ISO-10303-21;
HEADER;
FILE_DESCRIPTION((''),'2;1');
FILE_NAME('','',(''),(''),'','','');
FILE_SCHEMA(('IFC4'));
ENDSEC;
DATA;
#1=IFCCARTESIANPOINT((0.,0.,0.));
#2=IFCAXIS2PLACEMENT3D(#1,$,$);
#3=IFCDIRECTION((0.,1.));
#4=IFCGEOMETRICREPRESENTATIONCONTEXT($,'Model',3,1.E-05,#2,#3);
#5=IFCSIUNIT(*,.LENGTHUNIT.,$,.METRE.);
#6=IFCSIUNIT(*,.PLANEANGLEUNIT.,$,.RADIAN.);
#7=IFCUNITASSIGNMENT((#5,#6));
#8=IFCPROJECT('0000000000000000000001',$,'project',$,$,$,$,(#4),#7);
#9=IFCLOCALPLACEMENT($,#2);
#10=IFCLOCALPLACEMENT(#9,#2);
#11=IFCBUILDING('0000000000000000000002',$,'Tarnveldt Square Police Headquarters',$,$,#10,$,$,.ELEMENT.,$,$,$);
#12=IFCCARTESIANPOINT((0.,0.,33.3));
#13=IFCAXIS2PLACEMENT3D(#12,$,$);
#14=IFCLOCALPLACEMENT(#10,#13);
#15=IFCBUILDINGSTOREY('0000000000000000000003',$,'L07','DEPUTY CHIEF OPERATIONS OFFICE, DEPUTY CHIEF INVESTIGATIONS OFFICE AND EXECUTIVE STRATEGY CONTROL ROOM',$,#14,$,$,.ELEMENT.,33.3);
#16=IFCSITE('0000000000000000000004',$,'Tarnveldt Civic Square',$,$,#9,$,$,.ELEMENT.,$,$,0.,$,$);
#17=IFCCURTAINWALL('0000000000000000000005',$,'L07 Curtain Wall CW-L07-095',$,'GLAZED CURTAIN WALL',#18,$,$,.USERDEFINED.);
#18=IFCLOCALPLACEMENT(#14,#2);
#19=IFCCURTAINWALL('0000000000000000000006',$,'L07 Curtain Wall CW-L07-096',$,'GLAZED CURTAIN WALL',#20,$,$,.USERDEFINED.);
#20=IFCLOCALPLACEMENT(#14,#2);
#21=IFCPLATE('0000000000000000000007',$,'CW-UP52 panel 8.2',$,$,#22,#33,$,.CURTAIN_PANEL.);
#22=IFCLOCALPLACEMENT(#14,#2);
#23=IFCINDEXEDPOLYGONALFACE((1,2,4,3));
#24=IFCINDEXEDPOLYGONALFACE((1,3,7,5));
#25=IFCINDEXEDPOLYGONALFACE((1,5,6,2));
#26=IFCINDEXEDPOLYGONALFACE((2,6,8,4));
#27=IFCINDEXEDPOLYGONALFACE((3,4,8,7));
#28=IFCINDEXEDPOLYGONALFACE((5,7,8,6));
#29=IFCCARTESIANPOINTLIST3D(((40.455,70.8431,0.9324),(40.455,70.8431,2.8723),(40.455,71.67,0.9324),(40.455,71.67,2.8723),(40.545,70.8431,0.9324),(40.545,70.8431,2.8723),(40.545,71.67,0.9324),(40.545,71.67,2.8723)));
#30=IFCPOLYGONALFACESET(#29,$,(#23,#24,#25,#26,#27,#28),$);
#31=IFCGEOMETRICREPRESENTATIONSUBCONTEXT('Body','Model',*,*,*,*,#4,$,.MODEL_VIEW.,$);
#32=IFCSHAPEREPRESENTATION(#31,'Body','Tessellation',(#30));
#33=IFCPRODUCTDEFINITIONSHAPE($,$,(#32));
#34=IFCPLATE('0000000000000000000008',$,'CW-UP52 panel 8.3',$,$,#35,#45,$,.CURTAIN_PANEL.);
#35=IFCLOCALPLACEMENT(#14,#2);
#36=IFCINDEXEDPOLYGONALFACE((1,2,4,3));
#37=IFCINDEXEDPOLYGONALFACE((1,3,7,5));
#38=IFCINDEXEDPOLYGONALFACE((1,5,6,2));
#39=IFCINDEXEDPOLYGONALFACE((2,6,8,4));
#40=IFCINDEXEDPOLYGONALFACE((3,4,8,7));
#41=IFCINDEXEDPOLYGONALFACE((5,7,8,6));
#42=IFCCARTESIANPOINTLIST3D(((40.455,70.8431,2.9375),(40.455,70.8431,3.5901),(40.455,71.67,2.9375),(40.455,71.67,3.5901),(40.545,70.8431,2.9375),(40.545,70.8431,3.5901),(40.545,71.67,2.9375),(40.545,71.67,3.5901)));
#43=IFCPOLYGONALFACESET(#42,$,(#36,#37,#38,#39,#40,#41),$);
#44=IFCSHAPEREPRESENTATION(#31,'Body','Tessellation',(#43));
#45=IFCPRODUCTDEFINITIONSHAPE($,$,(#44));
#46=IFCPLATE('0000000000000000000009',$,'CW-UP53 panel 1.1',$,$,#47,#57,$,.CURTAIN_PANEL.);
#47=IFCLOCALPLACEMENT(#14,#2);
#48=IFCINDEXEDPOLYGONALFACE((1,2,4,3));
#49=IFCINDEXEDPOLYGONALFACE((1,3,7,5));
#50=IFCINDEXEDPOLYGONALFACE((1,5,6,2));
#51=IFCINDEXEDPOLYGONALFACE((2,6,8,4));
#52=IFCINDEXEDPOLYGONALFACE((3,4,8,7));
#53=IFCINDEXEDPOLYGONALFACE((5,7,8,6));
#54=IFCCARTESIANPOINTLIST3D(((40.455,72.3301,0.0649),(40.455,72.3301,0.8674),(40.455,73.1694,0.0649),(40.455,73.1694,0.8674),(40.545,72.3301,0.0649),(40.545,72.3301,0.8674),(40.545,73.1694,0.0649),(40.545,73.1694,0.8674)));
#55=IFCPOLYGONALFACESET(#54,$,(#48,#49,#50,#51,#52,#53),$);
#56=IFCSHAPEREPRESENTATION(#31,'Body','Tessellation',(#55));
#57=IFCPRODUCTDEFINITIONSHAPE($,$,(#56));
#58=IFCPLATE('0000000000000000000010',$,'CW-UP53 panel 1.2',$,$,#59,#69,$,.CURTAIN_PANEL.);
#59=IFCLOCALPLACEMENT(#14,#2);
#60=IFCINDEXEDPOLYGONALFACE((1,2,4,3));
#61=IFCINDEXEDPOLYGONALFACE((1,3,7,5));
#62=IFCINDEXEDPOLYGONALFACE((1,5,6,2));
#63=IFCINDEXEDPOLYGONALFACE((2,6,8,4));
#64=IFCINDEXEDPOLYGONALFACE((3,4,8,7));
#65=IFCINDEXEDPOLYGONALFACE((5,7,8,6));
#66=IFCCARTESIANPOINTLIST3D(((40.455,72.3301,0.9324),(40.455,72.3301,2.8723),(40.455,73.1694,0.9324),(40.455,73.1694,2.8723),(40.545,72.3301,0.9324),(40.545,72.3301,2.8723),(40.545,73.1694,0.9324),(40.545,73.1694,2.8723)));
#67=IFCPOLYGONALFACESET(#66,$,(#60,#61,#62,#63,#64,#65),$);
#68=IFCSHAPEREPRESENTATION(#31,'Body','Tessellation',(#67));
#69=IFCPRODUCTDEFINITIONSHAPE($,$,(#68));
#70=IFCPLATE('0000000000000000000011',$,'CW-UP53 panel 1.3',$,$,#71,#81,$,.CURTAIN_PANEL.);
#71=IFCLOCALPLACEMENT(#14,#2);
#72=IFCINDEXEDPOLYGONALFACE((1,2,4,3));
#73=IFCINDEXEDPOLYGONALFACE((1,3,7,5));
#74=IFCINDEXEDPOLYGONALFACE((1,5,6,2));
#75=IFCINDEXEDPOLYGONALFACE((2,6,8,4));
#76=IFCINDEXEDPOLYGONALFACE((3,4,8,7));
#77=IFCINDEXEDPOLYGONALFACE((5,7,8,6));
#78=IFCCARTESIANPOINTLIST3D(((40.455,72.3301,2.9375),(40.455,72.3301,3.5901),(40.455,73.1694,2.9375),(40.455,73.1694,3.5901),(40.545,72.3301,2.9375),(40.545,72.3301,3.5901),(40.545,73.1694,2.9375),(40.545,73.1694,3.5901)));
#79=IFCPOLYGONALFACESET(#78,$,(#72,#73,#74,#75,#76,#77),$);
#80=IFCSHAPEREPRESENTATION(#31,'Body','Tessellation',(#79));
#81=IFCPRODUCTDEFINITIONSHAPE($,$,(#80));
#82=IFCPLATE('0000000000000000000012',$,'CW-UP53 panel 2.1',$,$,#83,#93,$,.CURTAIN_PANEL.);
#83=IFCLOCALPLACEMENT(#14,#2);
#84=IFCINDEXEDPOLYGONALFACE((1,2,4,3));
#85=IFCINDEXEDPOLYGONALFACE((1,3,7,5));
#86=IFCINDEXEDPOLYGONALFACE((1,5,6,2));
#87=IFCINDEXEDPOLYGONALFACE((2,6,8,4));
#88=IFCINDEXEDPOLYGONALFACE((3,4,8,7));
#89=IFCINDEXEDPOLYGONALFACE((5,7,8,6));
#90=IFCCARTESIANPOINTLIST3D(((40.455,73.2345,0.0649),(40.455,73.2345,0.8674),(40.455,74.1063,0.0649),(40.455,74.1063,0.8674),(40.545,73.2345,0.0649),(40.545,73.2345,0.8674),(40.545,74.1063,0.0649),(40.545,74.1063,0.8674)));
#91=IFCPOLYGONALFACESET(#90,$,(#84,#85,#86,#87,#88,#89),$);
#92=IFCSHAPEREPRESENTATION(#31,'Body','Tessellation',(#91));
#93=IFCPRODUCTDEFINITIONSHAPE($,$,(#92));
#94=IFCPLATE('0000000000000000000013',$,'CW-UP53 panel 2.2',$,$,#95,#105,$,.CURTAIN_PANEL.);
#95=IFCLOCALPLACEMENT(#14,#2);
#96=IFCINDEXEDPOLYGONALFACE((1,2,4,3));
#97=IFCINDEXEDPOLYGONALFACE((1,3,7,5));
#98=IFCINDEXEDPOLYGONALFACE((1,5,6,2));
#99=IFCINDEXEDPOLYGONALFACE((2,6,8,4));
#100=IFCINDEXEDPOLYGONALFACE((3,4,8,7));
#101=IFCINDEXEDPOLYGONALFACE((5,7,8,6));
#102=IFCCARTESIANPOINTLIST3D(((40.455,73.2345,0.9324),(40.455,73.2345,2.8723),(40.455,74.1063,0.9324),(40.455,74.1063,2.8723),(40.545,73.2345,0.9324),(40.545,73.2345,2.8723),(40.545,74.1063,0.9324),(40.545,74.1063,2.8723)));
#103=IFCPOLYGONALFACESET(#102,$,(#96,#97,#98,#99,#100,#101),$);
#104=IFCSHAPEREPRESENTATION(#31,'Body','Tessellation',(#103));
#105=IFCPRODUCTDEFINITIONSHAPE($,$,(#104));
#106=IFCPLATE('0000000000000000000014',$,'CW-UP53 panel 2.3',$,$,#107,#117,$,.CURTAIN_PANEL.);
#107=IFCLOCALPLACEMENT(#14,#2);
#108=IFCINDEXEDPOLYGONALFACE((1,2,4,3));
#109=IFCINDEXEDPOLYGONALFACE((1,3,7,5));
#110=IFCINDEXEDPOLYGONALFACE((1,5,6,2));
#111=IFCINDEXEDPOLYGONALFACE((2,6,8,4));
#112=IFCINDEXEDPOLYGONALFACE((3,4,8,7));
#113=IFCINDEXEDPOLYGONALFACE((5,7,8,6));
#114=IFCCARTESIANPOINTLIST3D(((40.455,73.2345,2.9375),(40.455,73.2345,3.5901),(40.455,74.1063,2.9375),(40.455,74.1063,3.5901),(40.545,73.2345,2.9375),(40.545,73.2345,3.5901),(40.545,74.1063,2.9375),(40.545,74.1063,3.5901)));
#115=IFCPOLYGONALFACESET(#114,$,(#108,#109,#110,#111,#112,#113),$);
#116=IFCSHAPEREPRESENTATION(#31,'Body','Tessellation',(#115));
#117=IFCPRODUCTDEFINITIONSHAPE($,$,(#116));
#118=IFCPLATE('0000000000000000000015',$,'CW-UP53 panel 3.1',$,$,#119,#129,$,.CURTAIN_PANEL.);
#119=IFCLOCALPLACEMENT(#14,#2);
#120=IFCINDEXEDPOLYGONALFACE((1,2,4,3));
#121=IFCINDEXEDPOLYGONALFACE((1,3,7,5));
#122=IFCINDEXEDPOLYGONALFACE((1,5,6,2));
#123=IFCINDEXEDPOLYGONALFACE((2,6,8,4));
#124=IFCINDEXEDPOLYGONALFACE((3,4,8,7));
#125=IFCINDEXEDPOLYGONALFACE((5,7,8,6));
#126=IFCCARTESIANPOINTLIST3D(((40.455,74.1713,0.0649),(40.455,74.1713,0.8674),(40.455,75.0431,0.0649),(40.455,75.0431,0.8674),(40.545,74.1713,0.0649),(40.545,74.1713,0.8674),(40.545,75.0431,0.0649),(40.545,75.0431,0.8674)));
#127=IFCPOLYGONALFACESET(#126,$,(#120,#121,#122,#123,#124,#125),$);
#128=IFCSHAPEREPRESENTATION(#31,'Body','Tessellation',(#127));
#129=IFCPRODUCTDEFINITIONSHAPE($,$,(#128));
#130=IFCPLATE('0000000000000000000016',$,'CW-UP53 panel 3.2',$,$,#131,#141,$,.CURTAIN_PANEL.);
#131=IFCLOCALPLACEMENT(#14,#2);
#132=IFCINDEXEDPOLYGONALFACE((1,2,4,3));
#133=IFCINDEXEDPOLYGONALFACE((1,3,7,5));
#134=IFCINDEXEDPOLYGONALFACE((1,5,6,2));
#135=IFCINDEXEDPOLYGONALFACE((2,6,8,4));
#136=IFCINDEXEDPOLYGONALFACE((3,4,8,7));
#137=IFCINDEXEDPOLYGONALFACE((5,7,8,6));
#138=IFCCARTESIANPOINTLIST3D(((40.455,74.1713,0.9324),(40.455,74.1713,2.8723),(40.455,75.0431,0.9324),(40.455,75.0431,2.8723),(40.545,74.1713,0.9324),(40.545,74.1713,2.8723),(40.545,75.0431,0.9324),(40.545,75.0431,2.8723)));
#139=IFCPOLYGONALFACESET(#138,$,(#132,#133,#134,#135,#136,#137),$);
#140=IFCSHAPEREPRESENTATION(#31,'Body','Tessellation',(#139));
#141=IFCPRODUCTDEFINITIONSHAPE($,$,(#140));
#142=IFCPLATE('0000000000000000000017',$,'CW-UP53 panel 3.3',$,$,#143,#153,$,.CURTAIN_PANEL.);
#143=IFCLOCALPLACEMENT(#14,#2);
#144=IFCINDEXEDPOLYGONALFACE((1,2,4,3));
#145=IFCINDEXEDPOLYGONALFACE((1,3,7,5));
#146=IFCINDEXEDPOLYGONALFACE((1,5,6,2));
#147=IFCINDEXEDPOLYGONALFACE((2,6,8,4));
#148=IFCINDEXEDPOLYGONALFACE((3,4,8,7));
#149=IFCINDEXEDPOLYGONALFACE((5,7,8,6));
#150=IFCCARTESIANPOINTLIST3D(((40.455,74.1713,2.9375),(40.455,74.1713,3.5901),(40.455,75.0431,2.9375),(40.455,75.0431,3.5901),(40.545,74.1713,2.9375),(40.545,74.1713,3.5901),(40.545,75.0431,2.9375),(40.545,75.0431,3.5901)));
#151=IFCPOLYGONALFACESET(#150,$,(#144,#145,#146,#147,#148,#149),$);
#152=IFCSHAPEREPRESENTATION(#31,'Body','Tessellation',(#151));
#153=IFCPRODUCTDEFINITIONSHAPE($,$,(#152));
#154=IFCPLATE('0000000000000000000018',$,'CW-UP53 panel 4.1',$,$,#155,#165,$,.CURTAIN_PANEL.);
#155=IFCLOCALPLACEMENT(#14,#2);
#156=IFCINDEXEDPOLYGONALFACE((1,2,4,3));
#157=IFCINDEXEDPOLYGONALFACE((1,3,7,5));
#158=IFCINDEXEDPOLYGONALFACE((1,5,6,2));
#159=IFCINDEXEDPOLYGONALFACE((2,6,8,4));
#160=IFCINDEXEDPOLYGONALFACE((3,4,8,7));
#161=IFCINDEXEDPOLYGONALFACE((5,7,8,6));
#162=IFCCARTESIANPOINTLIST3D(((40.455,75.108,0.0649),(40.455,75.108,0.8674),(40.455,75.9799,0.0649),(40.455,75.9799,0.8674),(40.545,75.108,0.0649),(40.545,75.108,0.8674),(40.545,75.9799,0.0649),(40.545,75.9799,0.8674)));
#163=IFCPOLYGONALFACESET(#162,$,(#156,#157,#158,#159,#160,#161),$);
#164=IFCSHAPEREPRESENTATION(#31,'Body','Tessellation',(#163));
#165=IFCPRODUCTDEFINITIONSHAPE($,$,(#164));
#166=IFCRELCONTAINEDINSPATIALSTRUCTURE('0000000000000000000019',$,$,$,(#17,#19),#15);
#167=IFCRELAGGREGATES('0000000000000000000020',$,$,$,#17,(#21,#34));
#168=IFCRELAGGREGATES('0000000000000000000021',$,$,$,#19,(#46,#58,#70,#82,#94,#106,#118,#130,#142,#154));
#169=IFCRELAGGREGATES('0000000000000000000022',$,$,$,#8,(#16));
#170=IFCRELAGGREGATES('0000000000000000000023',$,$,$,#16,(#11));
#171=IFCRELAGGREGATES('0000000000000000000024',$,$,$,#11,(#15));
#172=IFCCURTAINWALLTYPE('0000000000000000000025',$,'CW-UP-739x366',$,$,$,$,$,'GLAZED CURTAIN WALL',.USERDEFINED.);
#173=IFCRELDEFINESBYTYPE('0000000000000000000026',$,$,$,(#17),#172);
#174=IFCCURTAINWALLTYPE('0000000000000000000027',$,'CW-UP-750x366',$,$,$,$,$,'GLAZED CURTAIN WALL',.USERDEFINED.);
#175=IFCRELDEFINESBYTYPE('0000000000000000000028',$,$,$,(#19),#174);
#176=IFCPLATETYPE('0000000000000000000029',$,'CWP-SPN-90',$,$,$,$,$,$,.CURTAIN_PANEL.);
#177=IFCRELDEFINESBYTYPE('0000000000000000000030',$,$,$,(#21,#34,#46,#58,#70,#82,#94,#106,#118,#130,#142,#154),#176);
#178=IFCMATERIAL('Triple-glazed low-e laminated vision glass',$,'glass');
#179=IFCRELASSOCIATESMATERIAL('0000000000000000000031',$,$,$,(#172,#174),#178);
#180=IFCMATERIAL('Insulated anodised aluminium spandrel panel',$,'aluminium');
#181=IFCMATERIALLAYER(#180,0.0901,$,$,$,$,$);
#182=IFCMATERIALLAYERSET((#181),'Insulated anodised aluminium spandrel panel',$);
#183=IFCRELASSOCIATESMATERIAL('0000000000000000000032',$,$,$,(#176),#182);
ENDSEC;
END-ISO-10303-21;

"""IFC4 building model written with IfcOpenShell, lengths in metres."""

from ifc_helpers import new_model, si_unit, direction, frame, origin, origin_2d, place, context, subcontext, project, spatial, rectangle, extrude, material, layer, layer_set, type_object, element, aggregate, save


model = new_model("IFC4")

# Units and contexts
model_context = context("Model", 3, precision=1e-05, world=origin(), true_north=direction((0.0, 1.0)))
body_context = subcontext(model_context, "Body", "Model", "MODEL_VIEW")
ifc_project = project(units=[si_unit("LENGTHUNIT", "METRE"), si_unit("PLANEANGLEUNIT", "RADIAN")], contexts=[model_context])

# Site, building, storey
site_placement = place(None, origin())
site = spatial("IfcSite", under=ifc_project, at=site_placement, Name="Tarnveldt Civic Square", CompositionType="ELEMENT", RefElevation=0.0)
building_placement = place(site_placement, origin())
building = spatial("IfcBuilding", under=site, at=building_placement, Name="Tarnveldt Square Police Headquarters", CompositionType="ELEMENT")
storey_placement = place(building_placement, frame((0.0, 0.0, 33.3)))
storey = spatial("IfcBuildingStorey", under=building, at=storey_placement, Name="L07", Description="DEPUTY CHIEF OPERATIONS OFFICE, DEPUTY CHIEF INVESTIGATIONS OFFICE AND EXECUTIVE STRATEGY CONTROL ROOM", CompositionType="ELEMENT", Elevation=33.3)

# Curtain wall
ifc_material_1 = material(Name="Triple-glazed low-e laminated vision glass", Category="glass")
curtain_wall_type_1 = type_object("IfcCurtainWallType", Name="CW-UP-739x366", ElementType="GLAZED CURTAIN WALL", PredefinedType="USERDEFINED", material=ifc_material_1)
curtain_wall_1_placement = place(storey_placement, origin())
curtain_wall_1 = element("IfcCurtainWall", 1, at=curtain_wall_1_placement, inside=storey, type_object=curtain_wall_type_1, Name="L07 Curtain Wall CW-L07-095", ObjectType="GLAZED CURTAIN WALL", PredefinedType="USERDEFINED")

# Curtain wall
curtain_wall_type_2 = type_object("IfcCurtainWallType", Name="CW-UP-750x366", ElementType="GLAZED CURTAIN WALL", PredefinedType="USERDEFINED", material=ifc_material_1)
curtain_wall_2_placement = place(storey_placement, origin())
curtain_wall_2 = element("IfcCurtainWall", 2, at=curtain_wall_2_placement, inside=storey, type_object=curtain_wall_type_2, Name="L07 Curtain Wall CW-L07-096", ObjectType="GLAZED CURTAIN WALL", PredefinedType="USERDEFINED")

# Plates
ifc_material_2 = material(Name="Insulated anodised aluminium spandrel panel", Category="aluminium")
ifc_layer = layer(ifc_material_2, 0.0901)
ifc_layer_set = layer_set([ifc_layer], Name="Insulated anodised aluminium spandrel panel")
plate_type = type_object("IfcPlateType", Name="CWP-SPN-90", PredefinedType="CURTAIN_PANEL", material=ifc_layer_set)
plate_1_placement = place(storey_placement, frame((40.5, 71.2566, 0.9324), z_axis=(0.0, 0.0, 1.0), x_axis=(0.0, 1.0, 0.0)))
plate_1 = element("IfcPlate", 3, at=plate_1_placement, type_object=plate_type, Name="CW-UP52 panel 8.2", PredefinedType="CURTAIN_PANEL", context=body_context, shape_type="SweptSolid", body=[
    extrude(rectangle(XDim=0.8269, YDim=0.0901, at=origin_2d()), origin(), (0.0, 0.0, 1.0), 1.9399),
])
plate_2_placement = place(storey_placement, frame((40.5, 71.2566, 2.9375), z_axis=(0.0, 0.0, 1.0), x_axis=(0.0, 1.0, 0.0)))
plate_2 = element("IfcPlate", 4, at=plate_2_placement, type_object=plate_type, Name="CW-UP52 panel 8.3", PredefinedType="CURTAIN_PANEL", context=body_context, shape_type="SweptSolid", body=[
    extrude(rectangle(XDim=0.8269, YDim=0.0901, at=origin_2d()), origin(), (0.0, 0.0, 1.0), 0.6526),
])
aggregate(curtain_wall_1, [plate_1, plate_2])
plate_3_placement = place(storey_placement, frame((40.5, 72.7498, 0.0649), z_axis=(0.0, 0.0, 1.0), x_axis=(0.0, 1.0, 0.0)))
plate_3 = element("IfcPlate", 5, at=plate_3_placement, type_object=plate_type, Name="CW-UP53 panel 1.1", PredefinedType="CURTAIN_PANEL", context=body_context, shape_type="SweptSolid", body=[
    extrude(rectangle(XDim=0.8394, YDim=0.0901, at=origin_2d()), origin(), (0.0, 0.0, 1.0), 0.8025),
])
plate_4_placement = place(storey_placement, frame((40.5, 72.7498, 0.9324), z_axis=(0.0, 0.0, 1.0), x_axis=(0.0, 1.0, 0.0)))
plate_4 = element("IfcPlate", 6, at=plate_4_placement, type_object=plate_type, Name="CW-UP53 panel 1.2", PredefinedType="CURTAIN_PANEL", context=body_context, shape_type="SweptSolid", body=[
    extrude(rectangle(XDim=0.8394, YDim=0.0901, at=origin_2d()), origin(), (0.0, 0.0, 1.0), 1.9399),
])
plate_5_placement = place(storey_placement, frame((40.5, 72.7498, 2.9375), z_axis=(0.0, 0.0, 1.0), x_axis=(0.0, 1.0, 0.0)))
plate_5 = element("IfcPlate", 7, at=plate_5_placement, type_object=plate_type, Name="CW-UP53 panel 1.3", PredefinedType="CURTAIN_PANEL", context=body_context, shape_type="SweptSolid", body=[
    extrude(rectangle(XDim=0.8394, YDim=0.0901, at=origin_2d()), origin(), (0.0, 0.0, 1.0), 0.6526),
])
plate_6_placement = place(storey_placement, frame((40.5, 73.6704, 0.0649), z_axis=(0.0, 0.0, 1.0), x_axis=(0.0, 1.0, 0.0)))
plate_6 = element("IfcPlate", 8, at=plate_6_placement, type_object=plate_type, Name="CW-UP53 panel 2.1", PredefinedType="CURTAIN_PANEL", context=body_context, shape_type="SweptSolid", body=[
    extrude(rectangle(XDim=0.8718, YDim=0.0901, at=origin_2d()), origin(), (0.0, 0.0, 1.0), 0.8025),
])
plate_7_placement = place(storey_placement, frame((40.5, 73.6704, 0.9324), z_axis=(0.0, 0.0, 1.0), x_axis=(0.0, 1.0, 0.0)))
plate_7 = element("IfcPlate", 9, at=plate_7_placement, type_object=plate_type, Name="CW-UP53 panel 2.2", PredefinedType="CURTAIN_PANEL", context=body_context, shape_type="SweptSolid", body=[
    extrude(rectangle(XDim=0.8718, YDim=0.0901, at=origin_2d()), origin(), (0.0, 0.0, 1.0), 1.9399),
])
plate_8_placement = place(storey_placement, frame((40.5, 73.6704, 2.9375), z_axis=(0.0, 0.0, 1.0), x_axis=(0.0, 1.0, 0.0)))
plate_8 = element("IfcPlate", 10, at=plate_8_placement, type_object=plate_type, Name="CW-UP53 panel 2.3", PredefinedType="CURTAIN_PANEL", context=body_context, shape_type="SweptSolid", body=[
    extrude(rectangle(XDim=0.8718, YDim=0.0901, at=origin_2d()), origin(), (0.0, 0.0, 1.0), 0.6526),
])
plate_9_placement = place(storey_placement, frame((40.5, 74.6072, 0.0649), z_axis=(0.0, 0.0, 1.0), x_axis=(0.0, 1.0, 0.0)))
plate_9 = element("IfcPlate", 11, at=plate_9_placement, type_object=plate_type, Name="CW-UP53 panel 3.1", PredefinedType="CURTAIN_PANEL", context=body_context, shape_type="SweptSolid", body=[
    extrude(rectangle(XDim=0.8718, YDim=0.0901, at=origin_2d()), origin(), (0.0, 0.0, 1.0), 0.8025),
])
plate_10_placement = place(storey_placement, frame((40.5, 74.6072, 0.9324), z_axis=(0.0, 0.0, 1.0), x_axis=(0.0, 1.0, 0.0)))
plate_10 = element("IfcPlate", 12, at=plate_10_placement, type_object=plate_type, Name="CW-UP53 panel 3.2", PredefinedType="CURTAIN_PANEL", context=body_context, shape_type="SweptSolid", body=[
    extrude(rectangle(XDim=0.8718, YDim=0.0901, at=origin_2d()), origin(), (0.0, 0.0, 1.0), 1.9399),
])
plate_11_placement = place(storey_placement, frame((40.5, 74.6072, 2.9375), z_axis=(0.0, 0.0, 1.0), x_axis=(0.0, 1.0, 0.0)))
plate_11 = element("IfcPlate", 13, at=plate_11_placement, type_object=plate_type, Name="CW-UP53 panel 3.3", PredefinedType="CURTAIN_PANEL", context=body_context, shape_type="SweptSolid", body=[
    extrude(rectangle(XDim=0.8718, YDim=0.0901, at=origin_2d()), origin(), (0.0, 0.0, 1.0), 0.6526),
])
plate_12_placement = place(storey_placement, frame((40.5, 75.5439, 0.0649), z_axis=(0.0, 0.0, 1.0), x_axis=(0.0, 1.0, 0.0)))
plate_12 = element("IfcPlate", 14, at=plate_12_placement, type_object=plate_type, Name="CW-UP53 panel 4.1", PredefinedType="CURTAIN_PANEL", context=body_context, shape_type="SweptSolid", body=[
    extrude(rectangle(XDim=0.8718, YDim=0.0901, at=origin_2d()), origin(), (0.0, 0.0, 1.0), 0.8025),
])
aggregate(curtain_wall_2, [plate_3, plate_4, plate_5, plate_6, plate_7, plate_8, plate_9, plate_10, plate_11, plate_12])

save(model, "model.ifc")
